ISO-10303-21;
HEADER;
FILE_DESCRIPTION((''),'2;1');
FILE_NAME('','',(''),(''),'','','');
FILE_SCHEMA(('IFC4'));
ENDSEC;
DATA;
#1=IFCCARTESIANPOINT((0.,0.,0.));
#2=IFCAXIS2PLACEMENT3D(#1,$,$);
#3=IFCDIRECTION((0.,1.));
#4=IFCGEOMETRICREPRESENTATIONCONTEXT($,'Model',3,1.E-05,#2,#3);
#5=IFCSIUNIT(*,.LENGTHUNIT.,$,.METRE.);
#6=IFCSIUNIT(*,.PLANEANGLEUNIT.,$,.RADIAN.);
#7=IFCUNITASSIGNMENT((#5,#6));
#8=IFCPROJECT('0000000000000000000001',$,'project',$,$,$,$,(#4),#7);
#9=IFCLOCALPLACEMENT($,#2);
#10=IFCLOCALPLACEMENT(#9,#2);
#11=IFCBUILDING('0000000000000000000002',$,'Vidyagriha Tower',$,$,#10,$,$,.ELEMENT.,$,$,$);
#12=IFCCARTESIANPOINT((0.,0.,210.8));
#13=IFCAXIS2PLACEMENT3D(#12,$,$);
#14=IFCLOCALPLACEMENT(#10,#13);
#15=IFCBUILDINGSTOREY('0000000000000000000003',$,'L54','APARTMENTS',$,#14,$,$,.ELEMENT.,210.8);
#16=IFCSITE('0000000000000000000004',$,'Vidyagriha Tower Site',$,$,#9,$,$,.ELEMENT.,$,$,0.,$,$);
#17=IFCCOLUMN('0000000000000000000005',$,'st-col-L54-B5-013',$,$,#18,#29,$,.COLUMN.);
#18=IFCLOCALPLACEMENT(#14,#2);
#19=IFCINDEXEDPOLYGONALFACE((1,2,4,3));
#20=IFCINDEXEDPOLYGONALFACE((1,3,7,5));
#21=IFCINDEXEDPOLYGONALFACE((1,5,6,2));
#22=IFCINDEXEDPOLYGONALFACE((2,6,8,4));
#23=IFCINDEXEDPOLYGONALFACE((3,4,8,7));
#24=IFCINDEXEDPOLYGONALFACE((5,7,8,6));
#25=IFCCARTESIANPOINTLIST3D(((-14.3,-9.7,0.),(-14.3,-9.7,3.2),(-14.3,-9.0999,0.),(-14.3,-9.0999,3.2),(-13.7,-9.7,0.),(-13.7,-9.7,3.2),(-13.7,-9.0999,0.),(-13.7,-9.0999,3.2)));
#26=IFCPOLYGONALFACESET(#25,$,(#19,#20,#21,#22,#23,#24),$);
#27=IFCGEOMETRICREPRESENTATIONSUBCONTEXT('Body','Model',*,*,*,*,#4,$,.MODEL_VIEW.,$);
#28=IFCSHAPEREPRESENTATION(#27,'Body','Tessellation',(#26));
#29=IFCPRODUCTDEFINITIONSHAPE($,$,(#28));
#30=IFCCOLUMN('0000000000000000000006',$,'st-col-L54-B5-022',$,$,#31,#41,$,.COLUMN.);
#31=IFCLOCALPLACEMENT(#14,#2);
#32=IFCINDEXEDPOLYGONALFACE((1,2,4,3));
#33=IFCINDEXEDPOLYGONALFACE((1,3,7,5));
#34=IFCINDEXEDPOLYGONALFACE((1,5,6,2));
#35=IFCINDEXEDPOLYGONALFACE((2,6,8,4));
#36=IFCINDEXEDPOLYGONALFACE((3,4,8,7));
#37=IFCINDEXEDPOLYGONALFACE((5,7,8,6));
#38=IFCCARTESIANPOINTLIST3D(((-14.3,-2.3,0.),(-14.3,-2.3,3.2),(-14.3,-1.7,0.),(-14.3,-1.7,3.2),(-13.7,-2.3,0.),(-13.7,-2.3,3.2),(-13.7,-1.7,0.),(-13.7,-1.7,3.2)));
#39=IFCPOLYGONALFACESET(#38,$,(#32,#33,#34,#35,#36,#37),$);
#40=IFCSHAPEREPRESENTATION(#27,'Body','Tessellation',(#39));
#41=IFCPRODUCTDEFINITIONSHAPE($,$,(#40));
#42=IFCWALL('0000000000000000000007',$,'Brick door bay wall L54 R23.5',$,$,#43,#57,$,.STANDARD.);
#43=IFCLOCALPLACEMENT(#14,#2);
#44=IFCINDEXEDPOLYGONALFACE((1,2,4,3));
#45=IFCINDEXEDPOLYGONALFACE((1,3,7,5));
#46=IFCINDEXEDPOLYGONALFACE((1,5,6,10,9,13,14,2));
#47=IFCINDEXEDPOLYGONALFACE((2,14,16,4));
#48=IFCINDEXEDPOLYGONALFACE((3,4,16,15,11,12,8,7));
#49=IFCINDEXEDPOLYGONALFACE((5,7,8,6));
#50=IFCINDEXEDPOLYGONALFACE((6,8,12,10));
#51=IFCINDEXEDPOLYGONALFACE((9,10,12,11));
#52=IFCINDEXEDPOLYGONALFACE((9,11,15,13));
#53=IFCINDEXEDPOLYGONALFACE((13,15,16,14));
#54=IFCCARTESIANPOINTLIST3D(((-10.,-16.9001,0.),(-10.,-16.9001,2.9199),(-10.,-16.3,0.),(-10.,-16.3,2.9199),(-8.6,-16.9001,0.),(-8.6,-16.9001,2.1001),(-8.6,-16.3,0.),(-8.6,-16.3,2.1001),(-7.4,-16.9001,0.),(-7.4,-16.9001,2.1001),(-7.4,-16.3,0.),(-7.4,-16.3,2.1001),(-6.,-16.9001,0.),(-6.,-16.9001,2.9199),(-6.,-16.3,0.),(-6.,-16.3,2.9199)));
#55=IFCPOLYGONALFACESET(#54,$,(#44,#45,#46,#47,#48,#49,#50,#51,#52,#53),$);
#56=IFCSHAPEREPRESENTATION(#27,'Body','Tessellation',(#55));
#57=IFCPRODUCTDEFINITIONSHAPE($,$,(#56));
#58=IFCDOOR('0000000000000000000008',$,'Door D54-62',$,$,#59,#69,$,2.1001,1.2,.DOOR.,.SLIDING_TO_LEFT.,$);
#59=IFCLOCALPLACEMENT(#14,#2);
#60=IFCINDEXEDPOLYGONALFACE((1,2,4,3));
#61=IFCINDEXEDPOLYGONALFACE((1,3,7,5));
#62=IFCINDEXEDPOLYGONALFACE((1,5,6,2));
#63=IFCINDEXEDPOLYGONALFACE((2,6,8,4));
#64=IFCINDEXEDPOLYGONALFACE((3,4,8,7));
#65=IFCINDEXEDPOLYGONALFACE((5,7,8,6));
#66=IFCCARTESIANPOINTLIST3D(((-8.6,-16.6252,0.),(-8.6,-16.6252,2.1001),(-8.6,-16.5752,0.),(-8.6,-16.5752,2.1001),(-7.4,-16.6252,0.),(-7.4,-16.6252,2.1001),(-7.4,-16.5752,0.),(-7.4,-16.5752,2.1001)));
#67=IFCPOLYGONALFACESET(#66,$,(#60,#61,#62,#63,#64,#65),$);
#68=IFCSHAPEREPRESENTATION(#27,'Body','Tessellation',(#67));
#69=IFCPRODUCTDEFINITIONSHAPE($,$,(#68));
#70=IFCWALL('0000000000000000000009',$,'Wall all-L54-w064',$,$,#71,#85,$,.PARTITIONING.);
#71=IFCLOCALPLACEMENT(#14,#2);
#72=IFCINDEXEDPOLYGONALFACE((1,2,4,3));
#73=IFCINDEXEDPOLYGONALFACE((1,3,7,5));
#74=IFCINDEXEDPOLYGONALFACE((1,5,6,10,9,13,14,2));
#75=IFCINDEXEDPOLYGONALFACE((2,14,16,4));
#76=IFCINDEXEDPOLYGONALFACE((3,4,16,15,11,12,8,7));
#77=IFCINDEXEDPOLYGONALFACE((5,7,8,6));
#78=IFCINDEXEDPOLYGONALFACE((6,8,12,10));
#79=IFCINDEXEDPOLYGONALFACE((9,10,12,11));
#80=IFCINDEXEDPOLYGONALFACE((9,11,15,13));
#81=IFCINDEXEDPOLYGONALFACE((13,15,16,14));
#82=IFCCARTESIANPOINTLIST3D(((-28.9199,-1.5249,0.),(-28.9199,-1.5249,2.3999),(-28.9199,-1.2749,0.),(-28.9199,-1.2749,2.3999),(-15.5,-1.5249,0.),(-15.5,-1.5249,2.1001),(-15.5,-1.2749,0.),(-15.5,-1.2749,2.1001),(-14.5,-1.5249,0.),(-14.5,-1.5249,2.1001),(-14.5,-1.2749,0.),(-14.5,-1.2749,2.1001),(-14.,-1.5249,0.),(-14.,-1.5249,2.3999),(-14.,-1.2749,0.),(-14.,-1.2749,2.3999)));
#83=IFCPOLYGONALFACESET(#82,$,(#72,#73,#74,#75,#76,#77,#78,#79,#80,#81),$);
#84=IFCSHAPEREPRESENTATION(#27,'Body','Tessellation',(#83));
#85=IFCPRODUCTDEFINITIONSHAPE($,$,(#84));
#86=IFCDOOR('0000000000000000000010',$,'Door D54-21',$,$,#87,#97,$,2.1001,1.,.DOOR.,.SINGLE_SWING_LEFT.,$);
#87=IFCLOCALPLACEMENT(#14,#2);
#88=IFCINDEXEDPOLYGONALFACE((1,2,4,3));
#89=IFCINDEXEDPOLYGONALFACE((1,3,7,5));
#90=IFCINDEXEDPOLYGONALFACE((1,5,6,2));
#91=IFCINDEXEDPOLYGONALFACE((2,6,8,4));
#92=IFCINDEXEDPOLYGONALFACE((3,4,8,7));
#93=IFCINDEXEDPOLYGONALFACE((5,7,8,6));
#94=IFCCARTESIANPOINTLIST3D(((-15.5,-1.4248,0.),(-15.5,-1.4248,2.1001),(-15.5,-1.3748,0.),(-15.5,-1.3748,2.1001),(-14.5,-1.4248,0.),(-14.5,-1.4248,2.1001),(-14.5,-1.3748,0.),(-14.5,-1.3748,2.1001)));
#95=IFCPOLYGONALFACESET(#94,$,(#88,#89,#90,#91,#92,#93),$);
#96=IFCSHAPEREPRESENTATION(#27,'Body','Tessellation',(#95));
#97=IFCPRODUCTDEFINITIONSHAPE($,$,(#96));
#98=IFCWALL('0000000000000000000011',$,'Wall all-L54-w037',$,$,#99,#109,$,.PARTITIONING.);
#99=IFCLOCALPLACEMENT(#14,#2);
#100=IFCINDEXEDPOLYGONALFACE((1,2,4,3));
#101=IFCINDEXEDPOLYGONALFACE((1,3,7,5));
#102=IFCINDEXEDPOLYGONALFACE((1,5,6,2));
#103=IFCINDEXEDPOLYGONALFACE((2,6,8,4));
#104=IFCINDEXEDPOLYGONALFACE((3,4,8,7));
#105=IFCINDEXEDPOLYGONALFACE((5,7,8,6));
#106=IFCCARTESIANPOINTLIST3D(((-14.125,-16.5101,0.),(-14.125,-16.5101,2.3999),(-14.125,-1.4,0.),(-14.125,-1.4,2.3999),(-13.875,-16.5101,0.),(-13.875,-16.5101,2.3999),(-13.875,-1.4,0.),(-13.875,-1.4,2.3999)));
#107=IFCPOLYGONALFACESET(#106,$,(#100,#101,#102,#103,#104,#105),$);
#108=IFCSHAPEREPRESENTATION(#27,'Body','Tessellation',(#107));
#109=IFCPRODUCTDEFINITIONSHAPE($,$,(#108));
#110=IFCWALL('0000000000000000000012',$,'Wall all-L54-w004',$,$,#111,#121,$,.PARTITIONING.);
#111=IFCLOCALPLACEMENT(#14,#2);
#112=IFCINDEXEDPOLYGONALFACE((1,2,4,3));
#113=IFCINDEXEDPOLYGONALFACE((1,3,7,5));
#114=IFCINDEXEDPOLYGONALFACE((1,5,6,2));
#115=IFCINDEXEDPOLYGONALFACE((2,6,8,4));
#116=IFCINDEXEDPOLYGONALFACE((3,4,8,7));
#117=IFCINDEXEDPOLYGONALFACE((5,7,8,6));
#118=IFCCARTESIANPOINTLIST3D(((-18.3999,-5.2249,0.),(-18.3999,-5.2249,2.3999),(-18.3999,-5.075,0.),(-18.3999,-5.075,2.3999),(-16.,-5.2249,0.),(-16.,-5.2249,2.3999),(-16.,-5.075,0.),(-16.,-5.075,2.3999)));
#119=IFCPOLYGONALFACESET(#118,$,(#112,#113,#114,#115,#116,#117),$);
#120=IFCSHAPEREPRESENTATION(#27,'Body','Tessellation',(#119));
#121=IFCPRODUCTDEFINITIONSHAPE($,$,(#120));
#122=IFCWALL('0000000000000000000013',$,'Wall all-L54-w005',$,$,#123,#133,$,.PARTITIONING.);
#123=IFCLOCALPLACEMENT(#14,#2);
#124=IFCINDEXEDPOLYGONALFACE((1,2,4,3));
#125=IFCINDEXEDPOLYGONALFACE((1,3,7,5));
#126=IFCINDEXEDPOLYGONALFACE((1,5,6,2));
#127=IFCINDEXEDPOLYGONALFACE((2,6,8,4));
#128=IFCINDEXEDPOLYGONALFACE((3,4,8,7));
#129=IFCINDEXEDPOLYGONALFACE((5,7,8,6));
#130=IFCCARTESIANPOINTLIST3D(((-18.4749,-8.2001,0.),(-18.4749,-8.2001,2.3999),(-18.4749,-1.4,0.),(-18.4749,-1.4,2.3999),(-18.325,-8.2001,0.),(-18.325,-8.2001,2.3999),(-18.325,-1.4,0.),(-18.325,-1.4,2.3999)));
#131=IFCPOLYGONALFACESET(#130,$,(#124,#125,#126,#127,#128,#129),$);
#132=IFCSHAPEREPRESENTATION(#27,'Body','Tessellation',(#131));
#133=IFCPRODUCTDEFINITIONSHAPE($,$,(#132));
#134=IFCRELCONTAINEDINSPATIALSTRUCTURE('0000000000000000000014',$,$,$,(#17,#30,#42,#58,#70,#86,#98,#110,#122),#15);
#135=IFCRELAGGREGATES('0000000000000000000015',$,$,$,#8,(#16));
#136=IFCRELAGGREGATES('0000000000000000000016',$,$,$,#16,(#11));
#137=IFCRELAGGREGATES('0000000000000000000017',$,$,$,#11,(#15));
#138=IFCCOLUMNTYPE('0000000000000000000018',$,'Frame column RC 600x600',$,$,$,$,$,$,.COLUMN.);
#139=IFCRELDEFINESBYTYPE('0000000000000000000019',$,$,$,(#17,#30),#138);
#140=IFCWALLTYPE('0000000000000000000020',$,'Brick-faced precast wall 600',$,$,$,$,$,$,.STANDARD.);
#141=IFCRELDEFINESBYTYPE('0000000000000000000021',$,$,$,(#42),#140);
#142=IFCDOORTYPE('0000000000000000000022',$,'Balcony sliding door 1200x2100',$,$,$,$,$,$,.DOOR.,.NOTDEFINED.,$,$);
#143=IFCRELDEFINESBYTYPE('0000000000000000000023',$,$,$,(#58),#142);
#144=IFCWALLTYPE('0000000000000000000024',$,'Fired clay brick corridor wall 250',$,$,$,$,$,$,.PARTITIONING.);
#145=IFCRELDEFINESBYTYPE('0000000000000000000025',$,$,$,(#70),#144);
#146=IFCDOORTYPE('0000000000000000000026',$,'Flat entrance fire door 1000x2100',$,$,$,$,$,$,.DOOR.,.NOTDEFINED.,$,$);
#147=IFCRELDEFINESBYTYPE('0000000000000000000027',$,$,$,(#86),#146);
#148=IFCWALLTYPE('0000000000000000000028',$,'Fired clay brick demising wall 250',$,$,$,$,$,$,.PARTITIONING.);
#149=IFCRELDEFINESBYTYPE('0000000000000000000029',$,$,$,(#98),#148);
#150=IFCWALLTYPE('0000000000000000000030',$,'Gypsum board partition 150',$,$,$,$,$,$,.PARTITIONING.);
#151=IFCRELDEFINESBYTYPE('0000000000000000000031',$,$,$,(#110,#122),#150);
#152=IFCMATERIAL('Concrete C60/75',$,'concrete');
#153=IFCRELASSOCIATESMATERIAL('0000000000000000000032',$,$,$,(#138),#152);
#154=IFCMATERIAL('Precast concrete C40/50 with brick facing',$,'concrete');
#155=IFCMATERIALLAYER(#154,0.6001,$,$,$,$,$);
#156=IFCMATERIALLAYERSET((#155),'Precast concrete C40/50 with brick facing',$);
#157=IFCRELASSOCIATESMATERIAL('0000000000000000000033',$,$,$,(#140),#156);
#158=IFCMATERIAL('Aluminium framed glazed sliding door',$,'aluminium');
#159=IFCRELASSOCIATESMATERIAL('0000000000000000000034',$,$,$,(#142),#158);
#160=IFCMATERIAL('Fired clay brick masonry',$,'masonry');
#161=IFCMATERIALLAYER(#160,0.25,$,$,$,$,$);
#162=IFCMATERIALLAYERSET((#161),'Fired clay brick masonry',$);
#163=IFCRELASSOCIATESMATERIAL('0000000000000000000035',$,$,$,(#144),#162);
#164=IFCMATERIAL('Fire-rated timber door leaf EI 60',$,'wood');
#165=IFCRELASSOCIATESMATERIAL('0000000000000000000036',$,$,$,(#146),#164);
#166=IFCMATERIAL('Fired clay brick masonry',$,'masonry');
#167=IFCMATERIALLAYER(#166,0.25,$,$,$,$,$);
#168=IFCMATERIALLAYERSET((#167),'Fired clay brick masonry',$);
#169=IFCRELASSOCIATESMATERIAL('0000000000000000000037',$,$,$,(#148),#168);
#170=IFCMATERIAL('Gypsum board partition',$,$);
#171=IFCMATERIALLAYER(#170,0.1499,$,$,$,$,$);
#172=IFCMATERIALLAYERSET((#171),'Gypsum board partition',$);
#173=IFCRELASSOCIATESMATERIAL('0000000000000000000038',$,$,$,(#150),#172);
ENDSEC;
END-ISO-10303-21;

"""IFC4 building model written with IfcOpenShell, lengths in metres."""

from ifc_helpers import new_model, si_unit, direction, frame, frame_2d, origin, origin_2d, place, context, subcontext, project, spatial, rectangle, extrude, material, layer, layer_set, material_profile, profile_set, type_object, element, fill, save


model = new_model("IFC4")

# Units and contexts
model_context = context("Model", 3, precision=1e-05, world=origin(), true_north=direction((0.0, 1.0)))
body_context = subcontext(model_context, "Body", "Model", "MODEL_VIEW")
ifc_project = project(units=[si_unit("LENGTHUNIT", "METRE"), si_unit("PLANEANGLEUNIT", "RADIAN")], contexts=[model_context])

# Site, building, storey
site_placement = place(None, origin())
site = spatial("IfcSite", under=ifc_project, at=site_placement, Name="Vidyagriha Tower Site", CompositionType="ELEMENT", RefElevation=0.0)
building_placement = place(site_placement, origin())
building = spatial("IfcBuilding", under=site, at=building_placement, Name="Vidyagriha Tower", CompositionType="ELEMENT")
storey_placement = place(building_placement, frame((0.0, 0.0, 210.8)))
storey = spatial("IfcBuildingStorey", under=building, at=storey_placement, Name="L54", Description="APARTMENTS", CompositionType="ELEMENT", Elevation=210.8)

# Columns
ifc_material_1 = material(Name="Concrete C60/75", Category="concrete")
ifc_material_profile = material_profile(ifc_material_1, rectangle(XDim=0.6001, YDim=0.6001, at=origin_2d()), Name="RC 600x600")
ifc_profile_set = profile_set([ifc_material_profile], Name="Concrete C60/75")
column_type = type_object("IfcColumnType", Name="Frame column RC 600x600", PredefinedType="COLUMN", material=ifc_profile_set)
for number, where, name in (
    (1, (-14.0, -9.3999, 0.0), "st-col-L54-B5-013"),
    (2, (-14.0, -2.0, 0.0), "st-col-L54-B5-022"),
):
    element("IfcColumn", number, at=place(storey_placement, frame(where)), inside=storey, type_object=column_type, Name=name, PredefinedType="COLUMN", context=body_context, shape_type="SweptSolid", body=[
        extrude(rectangle(XDim=0.6001, YDim=0.6001, at=origin_2d()), origin(), (0.0, 0.0, 1.0), 3.2),
    ])

# Walls, openings, doors
ifc_material_2 = material(Name="Precast concrete C40/50 with brick facing", Category="concrete")
ifc_layer_1 = layer(ifc_material_2, 0.6001)
ifc_layer_set_1 = layer_set([ifc_layer_1], Name="Precast concrete C40/50 with brick facing")
wall_type_1 = type_object("IfcWallType", Name="Brick-faced precast wall 600", PredefinedType="STANDARD", material=ifc_layer_set_1)
wall_1_placement = place(storey_placement, frame((-10.0, -16.6001, 0.0)))
wall_1 = element("IfcWall", 3, at=wall_1_placement, inside=storey, type_object=wall_type_1, Name="Brick door bay wall L54 R23.5", PredefinedType="STANDARD", context=body_context, shape_type="SweptSolid", body=[
    extrude(rectangle(XDim=4.0, YDim=0.6001, at=frame_2d((2.0, 0.0))), origin(), (0.0, 0.0, 1.0), 2.9199),
])
opening_1_placement = place(wall_1_placement, frame((1.3999, 0.0, 0.0)))
opening_1 = element("IfcOpeningElement", 4, at=opening_1_placement, cuts=wall_1, PredefinedType="OPENING", context=body_context, shape_type="SweptSolid", body=[
    extrude(rectangle(XDim=1.2, YDim=2.1001, at=frame_2d((0.6001, 1.05))), frame((0.0, 0.3101, 0.0), z_axis=(0.0, -1.0, 0.0), x_axis=(1.0, 0.0, 0.0)), (0.0, 0.0, 1.0), 0.6201),
])
ifc_material_3 = material(Name="Aluminium framed glazed sliding door", Category="aluminium")
door_type_1 = type_object("IfcDoorType", Name="Balcony sliding door 1200x2100", OperationType="NOTDEFINED", PredefinedType="DOOR", material=ifc_material_3)
door_1_placement = place(opening_1_placement, origin())
door_1 = element("IfcDoor", 5, at=door_1_placement, inside=storey, type_object=door_type_1, Name="Door D54-62", OperationType="SLIDING_TO_LEFT", OverallHeight=2.1001, OverallWidth=1.2, PredefinedType="DOOR", context=body_context, shape_type="SweptSolid", body=[
    extrude(rectangle(XDim=1.2, YDim=2.1001, at=frame_2d((0.6001, 1.05))), frame((0.0, 0.0249, 0.0), z_axis=(0.0, -1.0, 0.0), x_axis=(1.0, 0.0, 0.0)), (0.0, 0.0, 1.0), 0.05),
])
fill(opening_1, door_1)
ifc_material_4 = material(Name="Fired clay brick masonry", Category="masonry")
ifc_layer_2 = layer(ifc_material_4, 0.25)
ifc_layer_set_2 = layer_set([ifc_layer_2], Name="Fired clay brick masonry")
wall_type_2 = type_object("IfcWallType", Name="Fired clay brick corridor wall 250", PredefinedType="PARTITIONING", material=ifc_layer_set_2)
wall_2_placement = place(storey_placement, frame((-14.0, -1.3999, 0.0), z_axis=(0.0, 0.0, 1.0), x_axis=(-1.0, 0.0, 0.0)))
wall_2 = element("IfcWall", 6, at=wall_2_placement, inside=storey, type_object=wall_type_2, Name="Wall all-L54-w064", PredefinedType="PARTITIONING", context=body_context, shape_type="SweptSolid", body=[
    extrude(rectangle(XDim=14.9199, YDim=0.25, at=frame_2d((7.46, 0.0))), origin(), (0.0, 0.0, 1.0), 2.3999),
])
opening_2_placement = place(wall_2_placement, frame((0.5, 0.0, 0.0)))
opening_2 = element("IfcOpeningElement", 7, at=opening_2_placement, cuts=wall_2, PredefinedType="OPENING", context=body_context, shape_type="SweptSolid", body=[
    extrude(rectangle(XDim=1.0, YDim=2.1001, at=frame_2d((0.5, 1.05))), frame((0.0, 0.135, 0.0), z_axis=(0.0, -1.0, 0.0), x_axis=(1.0, 0.0, 0.0)), (0.0, 0.0, 1.0), 0.27),
])
ifc_material_5 = material(Name="Fire-rated timber door leaf EI 60", Category="wood")
door_type_2 = type_object("IfcDoorType", Name="Flat entrance fire door 1000x2100", OperationType="NOTDEFINED", PredefinedType="DOOR", material=ifc_material_5)
door_2_placement = place(opening_2_placement, origin())
door_2 = element("IfcDoor", 8, at=door_2_placement, inside=storey, type_object=door_type_2, Name="Door D54-21", OperationType="SINGLE_SWING_LEFT", OverallHeight=2.1001, OverallWidth=1.0, PredefinedType="DOOR", context=body_context, shape_type="SweptSolid", body=[
    extrude(rectangle(XDim=1.0, YDim=2.1001, at=frame_2d((0.5, 1.05))), frame((0.0, 0.0249, 0.0), z_axis=(0.0, -1.0, 0.0), x_axis=(1.0, 0.0, 0.0)), (0.0, 0.0, 1.0), 0.05),
])
fill(opening_2, door_2)

# Walls
ifc_material_6 = material(Name="Fired clay brick masonry", Category="masonry")
ifc_layer_3 = layer(ifc_material_6, 0.25)
ifc_layer_set_3 = layer_set([ifc_layer_3], Name="Fired clay brick masonry")
wall_type_3 = type_object("IfcWallType", Name="Fired clay brick demising wall 250", PredefinedType="PARTITIONING", material=ifc_layer_set_3)
wall_3_placement = place(storey_placement, frame((-14.0, -1.3999, 0.0), z_axis=(0.0, 0.0, 1.0), x_axis=(0.0, -1.0, 0.0)))
element("IfcWall", 9, at=wall_3_placement, inside=storey, type_object=wall_type_3, Name="Wall all-L54-w037", PredefinedType="PARTITIONING", context=body_context, shape_type="SweptSolid", body=[
    extrude(rectangle(XDim=15.1101, YDim=0.25, at=frame_2d((7.5552, 0.0))), origin(), (0.0, 0.0, 1.0), 2.3999),
])
ifc_material_7 = material(Name="Gypsum board partition")
ifc_layer_4 = layer(ifc_material_7, 0.1499)
ifc_layer_set_4 = layer_set([ifc_layer_4], Name="Gypsum board partition")
wall_type_4 = type_object("IfcWallType", Name="Gypsum board partition 150", PredefinedType="PARTITIONING", material=ifc_layer_set_4)
wall_4_placement = place(storey_placement, frame((-16.0, -5.1499, 0.0), z_axis=(0.0, 0.0, 1.0), x_axis=(-1.0, 0.0, 0.0)))
element("IfcWall", 10, at=wall_4_placement, inside=storey, type_object=wall_type_4, Name="Wall all-L54-w004", PredefinedType="PARTITIONING", context=body_context, shape_type="SweptSolid", body=[
    extrude(rectangle(XDim=2.3999, YDim=0.1499, at=frame_2d((1.2, 0.0))), origin(), (0.0, 0.0, 1.0), 2.3999),
])
wall_5_placement = place(storey_placement, frame((-18.3999, -8.2, 0.0), z_axis=(0.0, 0.0, 1.0), x_axis=(0.0, 1.0, 0.0)))
element("IfcWall", 11, at=wall_5_placement, inside=storey, type_object=wall_type_4, Name="Wall all-L54-w005", PredefinedType="PARTITIONING", context=body_context, shape_type="SweptSolid", body=[
    extrude(rectangle(XDim=6.8, YDim=0.1499, at=frame_2d((3.3999, 0.0))), origin(), (0.0, 0.0, 1.0), 2.3999),
])

save(model, "model.ifc")
